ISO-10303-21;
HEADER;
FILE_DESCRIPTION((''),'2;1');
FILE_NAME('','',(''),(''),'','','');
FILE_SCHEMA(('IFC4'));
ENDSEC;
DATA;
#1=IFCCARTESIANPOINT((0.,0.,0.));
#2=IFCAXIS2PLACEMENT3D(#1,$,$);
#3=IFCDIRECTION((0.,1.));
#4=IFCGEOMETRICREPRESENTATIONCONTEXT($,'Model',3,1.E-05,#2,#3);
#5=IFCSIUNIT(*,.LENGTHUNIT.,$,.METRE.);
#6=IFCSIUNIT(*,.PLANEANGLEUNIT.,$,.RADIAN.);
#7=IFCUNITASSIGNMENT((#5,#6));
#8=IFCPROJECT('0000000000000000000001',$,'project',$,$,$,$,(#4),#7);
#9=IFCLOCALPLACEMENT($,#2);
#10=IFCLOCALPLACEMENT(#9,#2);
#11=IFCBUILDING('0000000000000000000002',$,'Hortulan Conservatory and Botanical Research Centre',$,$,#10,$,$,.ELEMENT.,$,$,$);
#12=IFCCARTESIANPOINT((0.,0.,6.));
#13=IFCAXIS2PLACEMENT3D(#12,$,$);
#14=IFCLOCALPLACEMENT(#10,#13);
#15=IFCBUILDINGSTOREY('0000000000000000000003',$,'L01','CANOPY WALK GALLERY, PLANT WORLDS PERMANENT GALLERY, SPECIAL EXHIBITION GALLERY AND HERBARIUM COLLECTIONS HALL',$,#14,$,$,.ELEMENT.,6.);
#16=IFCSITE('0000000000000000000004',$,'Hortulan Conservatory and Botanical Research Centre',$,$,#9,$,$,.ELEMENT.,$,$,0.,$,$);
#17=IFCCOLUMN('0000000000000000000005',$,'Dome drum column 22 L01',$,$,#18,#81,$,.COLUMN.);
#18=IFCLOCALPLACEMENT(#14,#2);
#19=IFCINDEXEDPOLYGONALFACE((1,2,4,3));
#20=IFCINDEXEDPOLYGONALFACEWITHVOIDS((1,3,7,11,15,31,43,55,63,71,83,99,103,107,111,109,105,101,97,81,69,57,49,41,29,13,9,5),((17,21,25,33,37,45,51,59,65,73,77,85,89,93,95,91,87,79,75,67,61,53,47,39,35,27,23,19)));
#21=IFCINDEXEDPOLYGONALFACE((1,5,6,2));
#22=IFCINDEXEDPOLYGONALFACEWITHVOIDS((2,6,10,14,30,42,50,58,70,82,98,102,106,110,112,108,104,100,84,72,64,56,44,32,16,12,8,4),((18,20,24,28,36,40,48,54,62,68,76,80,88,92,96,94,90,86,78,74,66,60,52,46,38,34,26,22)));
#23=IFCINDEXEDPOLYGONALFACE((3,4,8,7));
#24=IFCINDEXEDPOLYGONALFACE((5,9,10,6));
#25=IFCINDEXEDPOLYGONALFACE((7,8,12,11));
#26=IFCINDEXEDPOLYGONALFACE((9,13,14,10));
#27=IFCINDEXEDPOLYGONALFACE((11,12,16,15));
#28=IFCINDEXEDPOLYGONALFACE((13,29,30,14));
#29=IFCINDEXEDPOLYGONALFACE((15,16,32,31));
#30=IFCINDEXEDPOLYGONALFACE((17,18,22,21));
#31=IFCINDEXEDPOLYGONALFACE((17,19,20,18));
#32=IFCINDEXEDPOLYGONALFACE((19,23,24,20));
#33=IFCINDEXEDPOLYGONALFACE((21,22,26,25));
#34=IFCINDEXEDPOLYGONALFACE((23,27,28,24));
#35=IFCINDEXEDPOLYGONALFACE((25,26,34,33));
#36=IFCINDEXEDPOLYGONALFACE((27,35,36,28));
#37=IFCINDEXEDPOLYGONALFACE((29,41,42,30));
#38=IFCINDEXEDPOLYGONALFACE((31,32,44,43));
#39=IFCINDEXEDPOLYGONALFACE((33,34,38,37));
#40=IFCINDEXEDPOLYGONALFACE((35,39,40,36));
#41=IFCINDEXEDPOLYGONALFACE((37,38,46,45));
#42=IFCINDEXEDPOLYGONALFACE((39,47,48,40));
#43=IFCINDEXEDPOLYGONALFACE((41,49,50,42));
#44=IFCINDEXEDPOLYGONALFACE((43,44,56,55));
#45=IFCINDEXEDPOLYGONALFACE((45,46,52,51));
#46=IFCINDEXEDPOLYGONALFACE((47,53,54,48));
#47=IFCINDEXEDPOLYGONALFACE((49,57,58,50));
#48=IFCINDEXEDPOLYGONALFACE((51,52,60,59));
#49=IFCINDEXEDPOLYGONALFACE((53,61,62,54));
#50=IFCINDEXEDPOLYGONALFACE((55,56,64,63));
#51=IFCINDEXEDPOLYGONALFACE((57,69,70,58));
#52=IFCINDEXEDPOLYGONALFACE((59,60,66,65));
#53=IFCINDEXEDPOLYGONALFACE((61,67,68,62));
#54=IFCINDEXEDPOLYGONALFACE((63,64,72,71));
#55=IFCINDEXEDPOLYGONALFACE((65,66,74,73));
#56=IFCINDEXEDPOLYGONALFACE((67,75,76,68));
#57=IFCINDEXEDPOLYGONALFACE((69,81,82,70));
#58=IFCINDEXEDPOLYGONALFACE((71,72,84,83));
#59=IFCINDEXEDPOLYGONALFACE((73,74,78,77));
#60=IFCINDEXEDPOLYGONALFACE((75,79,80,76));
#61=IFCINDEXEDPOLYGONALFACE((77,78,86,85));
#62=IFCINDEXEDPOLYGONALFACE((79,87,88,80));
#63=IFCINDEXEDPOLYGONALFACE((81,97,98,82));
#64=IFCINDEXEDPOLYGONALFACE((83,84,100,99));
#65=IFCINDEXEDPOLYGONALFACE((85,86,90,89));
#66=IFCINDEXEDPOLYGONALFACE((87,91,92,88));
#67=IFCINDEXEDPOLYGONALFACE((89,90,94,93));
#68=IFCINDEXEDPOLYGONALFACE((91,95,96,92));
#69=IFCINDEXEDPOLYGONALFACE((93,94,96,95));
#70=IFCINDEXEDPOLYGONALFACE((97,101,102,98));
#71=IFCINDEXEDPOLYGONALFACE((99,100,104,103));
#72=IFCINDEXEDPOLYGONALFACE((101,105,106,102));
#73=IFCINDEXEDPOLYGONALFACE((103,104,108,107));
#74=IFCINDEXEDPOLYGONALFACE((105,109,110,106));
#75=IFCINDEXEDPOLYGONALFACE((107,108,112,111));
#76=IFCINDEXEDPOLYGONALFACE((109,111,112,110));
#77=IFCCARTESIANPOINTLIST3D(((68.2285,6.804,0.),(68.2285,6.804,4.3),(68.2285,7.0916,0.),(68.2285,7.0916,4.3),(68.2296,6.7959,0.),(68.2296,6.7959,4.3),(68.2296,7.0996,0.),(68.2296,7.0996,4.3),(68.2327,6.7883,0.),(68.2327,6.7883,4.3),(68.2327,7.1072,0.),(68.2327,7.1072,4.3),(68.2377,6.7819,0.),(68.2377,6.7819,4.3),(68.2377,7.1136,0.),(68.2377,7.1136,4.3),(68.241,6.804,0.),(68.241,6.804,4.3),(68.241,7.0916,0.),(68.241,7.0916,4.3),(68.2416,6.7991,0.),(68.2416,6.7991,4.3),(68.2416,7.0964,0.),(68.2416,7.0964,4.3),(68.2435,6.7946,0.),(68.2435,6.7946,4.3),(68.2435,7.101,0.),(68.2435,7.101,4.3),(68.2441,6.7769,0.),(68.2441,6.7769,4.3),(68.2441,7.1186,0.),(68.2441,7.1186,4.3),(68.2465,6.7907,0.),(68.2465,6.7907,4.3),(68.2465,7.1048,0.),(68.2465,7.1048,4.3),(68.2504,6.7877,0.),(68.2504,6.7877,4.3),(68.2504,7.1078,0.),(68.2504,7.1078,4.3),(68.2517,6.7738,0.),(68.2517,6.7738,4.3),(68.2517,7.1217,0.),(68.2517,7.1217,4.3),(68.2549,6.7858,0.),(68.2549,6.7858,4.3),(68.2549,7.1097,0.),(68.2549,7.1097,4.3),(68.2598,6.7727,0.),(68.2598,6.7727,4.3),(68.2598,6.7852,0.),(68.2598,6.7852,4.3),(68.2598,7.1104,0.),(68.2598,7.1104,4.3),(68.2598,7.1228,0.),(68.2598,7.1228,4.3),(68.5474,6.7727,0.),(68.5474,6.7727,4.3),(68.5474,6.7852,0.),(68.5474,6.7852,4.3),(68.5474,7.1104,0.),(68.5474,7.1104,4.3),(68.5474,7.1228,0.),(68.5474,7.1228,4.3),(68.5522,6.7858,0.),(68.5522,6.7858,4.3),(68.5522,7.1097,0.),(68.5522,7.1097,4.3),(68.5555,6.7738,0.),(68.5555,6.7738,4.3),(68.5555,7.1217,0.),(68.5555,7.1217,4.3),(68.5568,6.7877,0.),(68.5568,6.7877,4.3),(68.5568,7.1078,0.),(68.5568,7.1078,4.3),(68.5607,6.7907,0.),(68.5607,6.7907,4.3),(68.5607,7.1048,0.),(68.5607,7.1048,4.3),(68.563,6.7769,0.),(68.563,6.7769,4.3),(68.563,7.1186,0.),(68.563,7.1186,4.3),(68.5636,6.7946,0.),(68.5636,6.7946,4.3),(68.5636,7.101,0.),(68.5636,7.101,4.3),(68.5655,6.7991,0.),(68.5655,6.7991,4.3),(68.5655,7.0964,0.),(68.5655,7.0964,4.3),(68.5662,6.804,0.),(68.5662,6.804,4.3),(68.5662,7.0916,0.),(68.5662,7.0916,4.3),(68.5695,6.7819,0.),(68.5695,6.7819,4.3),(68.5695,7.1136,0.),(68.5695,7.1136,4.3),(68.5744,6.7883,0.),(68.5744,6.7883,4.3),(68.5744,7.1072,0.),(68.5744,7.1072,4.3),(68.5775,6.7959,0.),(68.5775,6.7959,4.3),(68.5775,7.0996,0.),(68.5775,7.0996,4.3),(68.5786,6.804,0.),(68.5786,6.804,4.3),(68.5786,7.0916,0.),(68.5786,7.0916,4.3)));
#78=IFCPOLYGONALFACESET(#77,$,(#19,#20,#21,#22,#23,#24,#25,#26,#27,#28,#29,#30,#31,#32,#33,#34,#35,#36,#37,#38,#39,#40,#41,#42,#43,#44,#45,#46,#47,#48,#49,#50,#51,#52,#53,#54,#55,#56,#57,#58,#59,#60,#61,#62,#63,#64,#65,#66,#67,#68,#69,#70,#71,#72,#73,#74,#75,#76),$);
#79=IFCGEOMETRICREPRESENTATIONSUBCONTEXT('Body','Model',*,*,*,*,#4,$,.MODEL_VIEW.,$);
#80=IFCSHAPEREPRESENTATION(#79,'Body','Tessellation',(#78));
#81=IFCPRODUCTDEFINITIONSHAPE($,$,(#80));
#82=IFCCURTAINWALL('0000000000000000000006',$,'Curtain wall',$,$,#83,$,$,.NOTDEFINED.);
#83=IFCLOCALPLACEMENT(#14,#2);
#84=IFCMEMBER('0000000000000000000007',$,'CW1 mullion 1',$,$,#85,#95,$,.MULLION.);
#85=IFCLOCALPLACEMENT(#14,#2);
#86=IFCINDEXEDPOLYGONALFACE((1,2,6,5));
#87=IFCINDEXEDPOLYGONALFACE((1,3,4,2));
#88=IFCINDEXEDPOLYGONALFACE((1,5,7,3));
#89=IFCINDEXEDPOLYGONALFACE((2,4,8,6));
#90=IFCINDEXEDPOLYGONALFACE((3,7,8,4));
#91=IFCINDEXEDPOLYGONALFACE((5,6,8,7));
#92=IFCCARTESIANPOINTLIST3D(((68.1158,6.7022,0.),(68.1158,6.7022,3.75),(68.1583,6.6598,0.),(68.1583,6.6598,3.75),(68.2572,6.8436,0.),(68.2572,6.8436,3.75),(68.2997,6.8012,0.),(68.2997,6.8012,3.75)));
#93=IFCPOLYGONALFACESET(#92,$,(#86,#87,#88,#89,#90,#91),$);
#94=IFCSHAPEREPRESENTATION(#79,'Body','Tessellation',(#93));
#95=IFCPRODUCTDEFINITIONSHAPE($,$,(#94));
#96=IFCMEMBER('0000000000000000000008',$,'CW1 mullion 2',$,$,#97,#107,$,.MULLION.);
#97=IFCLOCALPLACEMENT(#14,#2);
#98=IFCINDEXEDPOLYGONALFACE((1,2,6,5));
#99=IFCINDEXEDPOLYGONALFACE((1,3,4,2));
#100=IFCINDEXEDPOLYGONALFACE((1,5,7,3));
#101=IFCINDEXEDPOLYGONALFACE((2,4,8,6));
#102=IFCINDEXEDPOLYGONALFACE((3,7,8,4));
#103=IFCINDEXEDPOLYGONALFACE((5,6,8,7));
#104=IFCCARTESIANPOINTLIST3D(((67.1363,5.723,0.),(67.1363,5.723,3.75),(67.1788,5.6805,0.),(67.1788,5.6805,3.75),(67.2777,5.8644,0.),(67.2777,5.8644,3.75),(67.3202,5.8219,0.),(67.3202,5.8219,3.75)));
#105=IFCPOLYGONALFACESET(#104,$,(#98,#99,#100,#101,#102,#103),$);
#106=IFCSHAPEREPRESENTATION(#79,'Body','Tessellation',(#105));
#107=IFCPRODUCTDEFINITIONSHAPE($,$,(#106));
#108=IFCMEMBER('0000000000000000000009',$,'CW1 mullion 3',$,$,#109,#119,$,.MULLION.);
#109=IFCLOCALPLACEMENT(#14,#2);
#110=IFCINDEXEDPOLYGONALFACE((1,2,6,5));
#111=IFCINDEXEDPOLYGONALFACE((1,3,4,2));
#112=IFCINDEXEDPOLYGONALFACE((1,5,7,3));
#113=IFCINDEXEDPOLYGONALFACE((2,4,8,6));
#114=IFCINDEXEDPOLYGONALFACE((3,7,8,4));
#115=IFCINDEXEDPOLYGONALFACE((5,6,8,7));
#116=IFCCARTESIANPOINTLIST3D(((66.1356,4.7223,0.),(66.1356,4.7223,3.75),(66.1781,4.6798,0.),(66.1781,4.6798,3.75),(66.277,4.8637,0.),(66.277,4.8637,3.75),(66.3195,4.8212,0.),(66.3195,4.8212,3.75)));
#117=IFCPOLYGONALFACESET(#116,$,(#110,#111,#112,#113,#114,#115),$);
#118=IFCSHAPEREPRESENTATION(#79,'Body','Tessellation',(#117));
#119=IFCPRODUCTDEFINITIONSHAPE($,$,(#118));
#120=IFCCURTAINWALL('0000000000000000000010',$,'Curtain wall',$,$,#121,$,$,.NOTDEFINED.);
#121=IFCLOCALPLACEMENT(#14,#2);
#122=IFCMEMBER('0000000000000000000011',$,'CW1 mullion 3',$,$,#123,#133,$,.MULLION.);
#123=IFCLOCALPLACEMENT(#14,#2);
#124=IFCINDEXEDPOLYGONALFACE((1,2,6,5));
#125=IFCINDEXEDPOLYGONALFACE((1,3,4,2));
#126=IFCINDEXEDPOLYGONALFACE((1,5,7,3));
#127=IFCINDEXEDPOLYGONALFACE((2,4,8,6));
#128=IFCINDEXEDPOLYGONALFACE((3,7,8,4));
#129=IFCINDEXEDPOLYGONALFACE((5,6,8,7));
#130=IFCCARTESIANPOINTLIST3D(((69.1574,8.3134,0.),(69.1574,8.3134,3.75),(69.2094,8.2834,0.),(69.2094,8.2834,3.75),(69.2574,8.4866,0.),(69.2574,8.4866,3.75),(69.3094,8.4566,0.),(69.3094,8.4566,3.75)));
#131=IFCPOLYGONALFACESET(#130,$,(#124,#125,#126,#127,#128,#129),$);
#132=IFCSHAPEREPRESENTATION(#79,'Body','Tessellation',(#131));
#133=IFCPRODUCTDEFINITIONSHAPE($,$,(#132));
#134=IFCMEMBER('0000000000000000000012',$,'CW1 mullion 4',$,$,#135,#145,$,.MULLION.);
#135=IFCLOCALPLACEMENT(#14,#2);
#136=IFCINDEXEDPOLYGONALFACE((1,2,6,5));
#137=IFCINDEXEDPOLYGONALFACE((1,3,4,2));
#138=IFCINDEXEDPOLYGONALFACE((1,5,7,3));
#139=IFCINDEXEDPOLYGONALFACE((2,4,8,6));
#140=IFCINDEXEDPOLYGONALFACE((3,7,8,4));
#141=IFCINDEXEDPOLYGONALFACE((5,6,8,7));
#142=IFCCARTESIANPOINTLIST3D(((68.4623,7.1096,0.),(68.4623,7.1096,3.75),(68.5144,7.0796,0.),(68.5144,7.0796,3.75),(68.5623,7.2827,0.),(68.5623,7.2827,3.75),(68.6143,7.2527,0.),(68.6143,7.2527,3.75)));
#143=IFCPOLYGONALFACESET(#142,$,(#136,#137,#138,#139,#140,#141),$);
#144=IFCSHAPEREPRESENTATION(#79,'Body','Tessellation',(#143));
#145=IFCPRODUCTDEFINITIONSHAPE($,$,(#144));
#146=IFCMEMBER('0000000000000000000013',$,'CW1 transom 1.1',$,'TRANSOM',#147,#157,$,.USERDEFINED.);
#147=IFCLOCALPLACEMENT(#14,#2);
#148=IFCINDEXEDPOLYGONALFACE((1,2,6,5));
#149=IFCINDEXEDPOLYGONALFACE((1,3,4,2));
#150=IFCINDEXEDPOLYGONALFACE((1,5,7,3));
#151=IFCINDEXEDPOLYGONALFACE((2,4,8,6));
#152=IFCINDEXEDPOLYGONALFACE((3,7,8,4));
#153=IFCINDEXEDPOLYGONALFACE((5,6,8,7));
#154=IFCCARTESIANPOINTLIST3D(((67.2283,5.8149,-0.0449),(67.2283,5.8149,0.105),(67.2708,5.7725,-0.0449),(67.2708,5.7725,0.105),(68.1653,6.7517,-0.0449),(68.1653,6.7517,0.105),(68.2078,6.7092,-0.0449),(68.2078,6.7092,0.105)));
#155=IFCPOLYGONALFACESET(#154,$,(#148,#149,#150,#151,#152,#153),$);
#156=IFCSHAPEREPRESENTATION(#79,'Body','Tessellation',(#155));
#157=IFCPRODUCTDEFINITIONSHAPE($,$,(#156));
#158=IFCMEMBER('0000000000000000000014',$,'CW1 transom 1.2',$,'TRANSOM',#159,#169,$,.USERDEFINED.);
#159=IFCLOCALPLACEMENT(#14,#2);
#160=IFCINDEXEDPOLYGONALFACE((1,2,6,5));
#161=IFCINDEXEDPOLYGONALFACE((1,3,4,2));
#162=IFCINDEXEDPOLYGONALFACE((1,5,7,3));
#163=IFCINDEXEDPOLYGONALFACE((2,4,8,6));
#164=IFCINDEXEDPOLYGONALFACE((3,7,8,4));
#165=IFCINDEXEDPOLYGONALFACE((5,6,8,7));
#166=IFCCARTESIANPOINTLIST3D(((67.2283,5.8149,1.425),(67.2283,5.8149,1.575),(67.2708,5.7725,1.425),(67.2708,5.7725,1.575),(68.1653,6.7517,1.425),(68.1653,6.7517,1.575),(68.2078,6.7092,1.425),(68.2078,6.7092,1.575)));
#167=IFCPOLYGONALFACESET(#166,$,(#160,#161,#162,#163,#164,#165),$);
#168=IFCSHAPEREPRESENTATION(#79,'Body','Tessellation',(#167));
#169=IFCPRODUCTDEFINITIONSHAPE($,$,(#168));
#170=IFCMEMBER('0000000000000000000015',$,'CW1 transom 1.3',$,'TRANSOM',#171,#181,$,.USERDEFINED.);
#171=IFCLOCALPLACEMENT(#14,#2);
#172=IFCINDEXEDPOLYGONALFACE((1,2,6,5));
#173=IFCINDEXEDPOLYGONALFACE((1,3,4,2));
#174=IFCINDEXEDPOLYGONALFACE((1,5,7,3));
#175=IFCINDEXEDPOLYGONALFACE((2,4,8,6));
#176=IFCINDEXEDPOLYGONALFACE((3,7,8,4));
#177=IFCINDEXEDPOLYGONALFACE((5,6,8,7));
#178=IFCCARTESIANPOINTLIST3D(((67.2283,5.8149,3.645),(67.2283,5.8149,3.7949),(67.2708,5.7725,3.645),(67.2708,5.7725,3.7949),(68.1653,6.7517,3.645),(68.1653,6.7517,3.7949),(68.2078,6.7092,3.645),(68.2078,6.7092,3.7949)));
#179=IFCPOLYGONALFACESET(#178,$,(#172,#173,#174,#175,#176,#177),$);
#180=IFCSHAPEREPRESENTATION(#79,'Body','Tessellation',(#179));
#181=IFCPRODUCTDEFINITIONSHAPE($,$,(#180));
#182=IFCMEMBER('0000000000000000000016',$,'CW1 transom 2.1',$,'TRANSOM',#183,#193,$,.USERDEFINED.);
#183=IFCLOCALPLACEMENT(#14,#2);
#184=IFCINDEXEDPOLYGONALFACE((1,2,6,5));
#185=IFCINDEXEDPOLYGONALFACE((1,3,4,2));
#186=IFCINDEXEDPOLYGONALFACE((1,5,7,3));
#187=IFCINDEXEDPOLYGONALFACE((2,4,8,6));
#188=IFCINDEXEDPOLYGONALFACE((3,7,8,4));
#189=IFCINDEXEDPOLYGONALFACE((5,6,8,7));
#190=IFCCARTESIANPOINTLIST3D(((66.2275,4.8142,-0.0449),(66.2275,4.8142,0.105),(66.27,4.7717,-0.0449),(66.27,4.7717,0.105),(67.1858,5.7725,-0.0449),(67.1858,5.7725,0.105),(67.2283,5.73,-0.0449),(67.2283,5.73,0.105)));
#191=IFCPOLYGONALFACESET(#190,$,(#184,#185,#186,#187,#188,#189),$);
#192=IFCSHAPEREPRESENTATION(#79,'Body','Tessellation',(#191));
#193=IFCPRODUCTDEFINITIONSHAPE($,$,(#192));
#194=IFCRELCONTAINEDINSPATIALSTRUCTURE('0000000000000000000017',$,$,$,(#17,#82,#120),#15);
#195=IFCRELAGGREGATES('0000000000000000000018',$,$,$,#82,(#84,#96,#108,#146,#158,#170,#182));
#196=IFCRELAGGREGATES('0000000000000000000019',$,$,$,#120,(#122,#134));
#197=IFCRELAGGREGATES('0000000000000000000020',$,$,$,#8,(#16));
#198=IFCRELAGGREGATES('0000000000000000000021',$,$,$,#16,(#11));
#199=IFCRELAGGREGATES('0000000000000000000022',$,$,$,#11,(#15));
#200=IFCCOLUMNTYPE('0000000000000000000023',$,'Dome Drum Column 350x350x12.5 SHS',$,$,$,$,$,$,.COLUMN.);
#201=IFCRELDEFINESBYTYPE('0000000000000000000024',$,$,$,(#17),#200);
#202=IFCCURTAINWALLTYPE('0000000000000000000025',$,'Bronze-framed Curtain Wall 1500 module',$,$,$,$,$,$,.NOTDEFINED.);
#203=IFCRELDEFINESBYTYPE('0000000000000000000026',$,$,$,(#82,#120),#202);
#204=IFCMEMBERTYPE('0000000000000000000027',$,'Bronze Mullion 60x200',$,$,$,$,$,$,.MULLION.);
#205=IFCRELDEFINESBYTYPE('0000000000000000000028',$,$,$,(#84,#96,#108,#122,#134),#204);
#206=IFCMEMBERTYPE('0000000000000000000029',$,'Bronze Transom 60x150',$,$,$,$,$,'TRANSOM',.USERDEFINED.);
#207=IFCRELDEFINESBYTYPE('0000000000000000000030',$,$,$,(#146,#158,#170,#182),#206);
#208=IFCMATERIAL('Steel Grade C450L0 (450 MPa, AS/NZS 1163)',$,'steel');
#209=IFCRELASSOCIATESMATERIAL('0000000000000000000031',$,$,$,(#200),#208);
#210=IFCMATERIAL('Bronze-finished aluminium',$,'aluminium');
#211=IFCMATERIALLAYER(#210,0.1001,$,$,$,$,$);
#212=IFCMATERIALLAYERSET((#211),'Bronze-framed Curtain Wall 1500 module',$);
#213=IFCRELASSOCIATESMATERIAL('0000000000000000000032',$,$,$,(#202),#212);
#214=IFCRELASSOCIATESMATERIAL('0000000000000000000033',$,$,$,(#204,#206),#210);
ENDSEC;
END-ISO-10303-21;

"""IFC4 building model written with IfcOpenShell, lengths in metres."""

from ifc_helpers import new_model, si_unit, direction, frame, origin, origin_2d, place, context, subcontext, project, spatial, rectangle, hollow_rectangle, extrude, material, layer, layer_set, material_profile, profile_set, type_object, element, aggregate, save


model = new_model("IFC4")

# Units and contexts
model_context = context("Model", 3, precision=1e-05, world=origin(), true_north=direction((0.0, 1.0)))
body_context = subcontext(model_context, "Body", "Model", "MODEL_VIEW")
ifc_project = project(units=[si_unit("LENGTHUNIT", "METRE"), si_unit("PLANEANGLEUNIT", "RADIAN")], contexts=[model_context])

# Site, building, storey
site_placement = place(None, origin())
site = spatial("IfcSite", under=ifc_project, at=site_placement, Name="Hortulan Conservatory and Botanical Research Centre", CompositionType="ELEMENT", RefElevation=0.0)
building_placement = place(site_placement, origin())
building = spatial("IfcBuilding", under=site, at=building_placement, Name="Hortulan Conservatory and Botanical Research Centre", CompositionType="ELEMENT")
storey_placement = place(building_placement, frame((0.0, 0.0, 6.0)))
storey = spatial("IfcBuildingStorey", under=building, at=storey_placement, Name="L01", Description="CANOPY WALK GALLERY, PLANT WORLDS PERMANENT GALLERY, SPECIAL EXHIBITION GALLERY AND HERBARIUM COLLECTIONS HALL", CompositionType="ELEMENT", Elevation=6.0)

# Column
ifc_material_1 = material(Name="Steel Grade C450L0 (450 MPa, AS/NZS 1163)", Category="steel")
ifc_material_profile_1 = material_profile(ifc_material_1, hollow_rectangle(XDim=0.3501, YDim=0.3501, WallThickness=0.0125, InnerFilletRadius=0.0188, OuterFilletRadius=0.0312, at=origin_2d()), Name="350x350x12.5SHS")
ifc_profile_set_1 = profile_set([ifc_material_profile_1], Name="Steel Grade C450L0 (450 MPa, AS/NZS 1163)")
column_type = type_object("IfcColumnType", Name="Dome Drum Column 350x350x12.5 SHS", PredefinedType="COLUMN", material=ifc_profile_set_1)
column_placement = place(storey_placement, frame((68.4036, 6.9478, 0.0), z_axis=(0.0, 0.0, 1.0), x_axis=(1.0, 0.0, 0.0)))
element("IfcColumn", 1, at=column_placement, inside=storey, type_object=column_type, Name="Dome drum column 22 L01", PredefinedType="COLUMN", context=body_context, shape_type="SweptSolid", body=[
    extrude(hollow_rectangle(XDim=0.3501, YDim=0.3501, WallThickness=0.0125, InnerFilletRadius=0.0188, OuterFilletRadius=0.0312, at=origin_2d()), origin(), (0.0, 0.0, 1.0), 4.3),
])

# Curtain walls, members
ifc_material_2 = material(Name="Bronze-finished aluminium", Category="aluminium")
ifc_layer_1 = layer(ifc_material_2, 0.1001)
ifc_layer_set_1 = layer_set([ifc_layer_1], Name="Bronze-framed Curtain Wall 1500 module")
curtain_wall_type = type_object("IfcCurtainWallType", Name="Bronze-framed Curtain Wall 1500 module", PredefinedType="NOTDEFINED", material=ifc_layer_set_1)
curtain_wall_1_placement = place(storey_placement, origin())
curtain_wall_1 = element("IfcCurtainWall", 2, at=curtain_wall_1_placement, inside=storey, type_object=curtain_wall_type, Name="Curtain wall", PredefinedType="NOTDEFINED")
ifc_material_profile_2 = material_profile(ifc_material_2, rectangle(XDim=0.0601, YDim=0.2, at=origin_2d()), Name="Bronze Mullion 60x200")
ifc_profile_set_2 = profile_set([ifc_material_profile_2], Name="Bronze-finished aluminium")
member_type_1 = type_object("IfcMemberType", Name="Bronze Mullion 60x200", PredefinedType="MULLION", material=ifc_profile_set_2)
member_1_placement = place(storey_placement, frame((68.2078, 6.7517, 0.0), z_axis=(0.0, 0.0, 1.0), x_axis=(0.707107, -0.707107, 0.0)))
member_1 = element("IfcMember", 3, at=member_1_placement, type_object=member_type_1, Name="CW1 mullion 1", PredefinedType="MULLION", context=body_context, shape_type="SweptSolid", body=[
    extrude(rectangle(XDim=0.0601, YDim=0.2, at=origin_2d()), origin(), (0.0, 0.0, 1.0), 3.75),
])
member_2_placement = place(storey_placement, frame((67.2283, 5.7725, 0.0), z_axis=(0.0, 0.0, 1.0), x_axis=(0.707107, -0.707107, 0.0)))
member_2 = element("IfcMember", 4, at=member_2_placement, type_object=member_type_1, Name="CW1 mullion 2", PredefinedType="MULLION", context=body_context, shape_type="SweptSolid", body=[
    extrude(rectangle(XDim=0.0601, YDim=0.2, at=origin_2d()), origin(), (0.0, 0.0, 1.0), 3.75),
])
member_3_placement = place(storey_placement, frame((66.2275, 4.7717, 0.0), z_axis=(0.0, 0.0, 1.0), x_axis=(0.707107, -0.707107, 0.0)))
member_3 = element("IfcMember", 5, at=member_3_placement, type_object=member_type_1, Name="CW1 mullion 3", PredefinedType="MULLION", context=body_context, shape_type="SweptSolid", body=[
    extrude(rectangle(XDim=0.0601, YDim=0.2, at=origin_2d()), origin(), (0.0, 0.0, 1.0), 3.75),
])
curtain_wall_2_placement = place(storey_placement, origin())
curtain_wall_2 = element("IfcCurtainWall", 6, at=curtain_wall_2_placement, inside=storey, type_object=curtain_wall_type, Name="Curtain wall", PredefinedType="NOTDEFINED")
member_4_placement = place(storey_placement, frame((69.2334, 8.385, 0.0), z_axis=(0.0, 0.0, 1.0), x_axis=(0.866036, -0.499981, 0.0)))
member_4 = element("IfcMember", 7, at=member_4_placement, type_object=member_type_1, Name="CW1 mullion 3", PredefinedType="MULLION", context=body_context, shape_type="SweptSolid", body=[
    extrude(rectangle(XDim=0.0601, YDim=0.2, at=origin_2d()), origin(), (0.0, 0.0, 1.0), 3.75),
])
member_5_placement = place(storey_placement, frame((68.5383, 7.1812, 0.0), z_axis=(0.0, 0.0, 1.0), x_axis=(0.866036, -0.499981, 0.0)))
member_5 = element("IfcMember", 8, at=member_5_placement, type_object=member_type_1, Name="CW1 mullion 4", PredefinedType="MULLION", context=body_context, shape_type="SweptSolid", body=[
    extrude(rectangle(XDim=0.0601, YDim=0.2, at=origin_2d()), origin(), (0.0, 0.0, 1.0), 3.75),
])

# Members
ifc_material_profile_3 = material_profile(ifc_material_2, rectangle(XDim=0.0601, YDim=0.1499, at=origin_2d()), Name="Bronze Transom 60x150")
ifc_profile_set_3 = profile_set([ifc_material_profile_3], Name="Bronze-finished aluminium")
member_type_2 = type_object("IfcMemberType", Name="Bronze Transom 60x150", ElementType="TRANSOM", PredefinedType="USERDEFINED", material=ifc_profile_set_3)
member_6_placement = place(storey_placement, frame((68.1865, 6.7305, 0.03), z_axis=(-0.707199, -0.707015, 0.0), x_axis=(0.707015, -0.707199, 0.0)))
member_6 = element("IfcMember", 9, at=member_6_placement, type_object=member_type_2, Name="CW1 transom 1.1", ObjectType="TRANSOM", PredefinedType="USERDEFINED", context=body_context, shape_type="SweptSolid", body=[
    extrude(rectangle(XDim=0.0601, YDim=0.1499, at=origin_2d()), origin(), (0.0, 0.0, 1.0), 1.325),
])
member_7_placement = place(storey_placement, frame((68.1865, 6.7305, 1.5), z_axis=(-0.707199, -0.707015, 0.0), x_axis=(0.707015, -0.707199, 0.0)))
member_7 = element("IfcMember", 10, at=member_7_placement, type_object=member_type_2, Name="CW1 transom 1.2", ObjectType="TRANSOM", PredefinedType="USERDEFINED", context=body_context, shape_type="SweptSolid", body=[
    extrude(rectangle(XDim=0.0601, YDim=0.1499, at=origin_2d()), origin(), (0.0, 0.0, 1.0), 1.325),
])
member_8_placement = place(storey_placement, frame((68.1865, 6.7305, 3.72), z_axis=(-0.707199, -0.707015, 0.0), x_axis=(0.707015, -0.707199, 0.0)))
member_8 = element("IfcMember", 11, at=member_8_placement, type_object=member_type_2, Name="CW1 transom 1.3", ObjectType="TRANSOM", PredefinedType="USERDEFINED", context=body_context, shape_type="SweptSolid", body=[
    extrude(rectangle(XDim=0.0601, YDim=0.1499, at=origin_2d()), origin(), (0.0, 0.0, 1.0), 1.325),
])
member_9_placement = place(storey_placement, frame((67.207, 5.7512, 0.03), z_axis=(-0.707107, -0.707107, 0.0), x_axis=(0.707107, -0.707107, 0.0)))
member_9 = element("IfcMember", 12, at=member_9_placement, type_object=member_type_2, Name="CW1 transom 2.1", ObjectType="TRANSOM", PredefinedType="USERDEFINED", context=body_context, shape_type="SweptSolid", body=[
    extrude(rectangle(XDim=0.0601, YDim=0.1499, at=origin_2d()), origin(), (0.0, 0.0, 1.0), 1.3552),
])

aggregate(curtain_wall_1, [member_1, member_2, member_3, member_6, member_7, member_8, member_9])
aggregate(curtain_wall_2, [member_4, member_5])

save(model, "model.ifc")
